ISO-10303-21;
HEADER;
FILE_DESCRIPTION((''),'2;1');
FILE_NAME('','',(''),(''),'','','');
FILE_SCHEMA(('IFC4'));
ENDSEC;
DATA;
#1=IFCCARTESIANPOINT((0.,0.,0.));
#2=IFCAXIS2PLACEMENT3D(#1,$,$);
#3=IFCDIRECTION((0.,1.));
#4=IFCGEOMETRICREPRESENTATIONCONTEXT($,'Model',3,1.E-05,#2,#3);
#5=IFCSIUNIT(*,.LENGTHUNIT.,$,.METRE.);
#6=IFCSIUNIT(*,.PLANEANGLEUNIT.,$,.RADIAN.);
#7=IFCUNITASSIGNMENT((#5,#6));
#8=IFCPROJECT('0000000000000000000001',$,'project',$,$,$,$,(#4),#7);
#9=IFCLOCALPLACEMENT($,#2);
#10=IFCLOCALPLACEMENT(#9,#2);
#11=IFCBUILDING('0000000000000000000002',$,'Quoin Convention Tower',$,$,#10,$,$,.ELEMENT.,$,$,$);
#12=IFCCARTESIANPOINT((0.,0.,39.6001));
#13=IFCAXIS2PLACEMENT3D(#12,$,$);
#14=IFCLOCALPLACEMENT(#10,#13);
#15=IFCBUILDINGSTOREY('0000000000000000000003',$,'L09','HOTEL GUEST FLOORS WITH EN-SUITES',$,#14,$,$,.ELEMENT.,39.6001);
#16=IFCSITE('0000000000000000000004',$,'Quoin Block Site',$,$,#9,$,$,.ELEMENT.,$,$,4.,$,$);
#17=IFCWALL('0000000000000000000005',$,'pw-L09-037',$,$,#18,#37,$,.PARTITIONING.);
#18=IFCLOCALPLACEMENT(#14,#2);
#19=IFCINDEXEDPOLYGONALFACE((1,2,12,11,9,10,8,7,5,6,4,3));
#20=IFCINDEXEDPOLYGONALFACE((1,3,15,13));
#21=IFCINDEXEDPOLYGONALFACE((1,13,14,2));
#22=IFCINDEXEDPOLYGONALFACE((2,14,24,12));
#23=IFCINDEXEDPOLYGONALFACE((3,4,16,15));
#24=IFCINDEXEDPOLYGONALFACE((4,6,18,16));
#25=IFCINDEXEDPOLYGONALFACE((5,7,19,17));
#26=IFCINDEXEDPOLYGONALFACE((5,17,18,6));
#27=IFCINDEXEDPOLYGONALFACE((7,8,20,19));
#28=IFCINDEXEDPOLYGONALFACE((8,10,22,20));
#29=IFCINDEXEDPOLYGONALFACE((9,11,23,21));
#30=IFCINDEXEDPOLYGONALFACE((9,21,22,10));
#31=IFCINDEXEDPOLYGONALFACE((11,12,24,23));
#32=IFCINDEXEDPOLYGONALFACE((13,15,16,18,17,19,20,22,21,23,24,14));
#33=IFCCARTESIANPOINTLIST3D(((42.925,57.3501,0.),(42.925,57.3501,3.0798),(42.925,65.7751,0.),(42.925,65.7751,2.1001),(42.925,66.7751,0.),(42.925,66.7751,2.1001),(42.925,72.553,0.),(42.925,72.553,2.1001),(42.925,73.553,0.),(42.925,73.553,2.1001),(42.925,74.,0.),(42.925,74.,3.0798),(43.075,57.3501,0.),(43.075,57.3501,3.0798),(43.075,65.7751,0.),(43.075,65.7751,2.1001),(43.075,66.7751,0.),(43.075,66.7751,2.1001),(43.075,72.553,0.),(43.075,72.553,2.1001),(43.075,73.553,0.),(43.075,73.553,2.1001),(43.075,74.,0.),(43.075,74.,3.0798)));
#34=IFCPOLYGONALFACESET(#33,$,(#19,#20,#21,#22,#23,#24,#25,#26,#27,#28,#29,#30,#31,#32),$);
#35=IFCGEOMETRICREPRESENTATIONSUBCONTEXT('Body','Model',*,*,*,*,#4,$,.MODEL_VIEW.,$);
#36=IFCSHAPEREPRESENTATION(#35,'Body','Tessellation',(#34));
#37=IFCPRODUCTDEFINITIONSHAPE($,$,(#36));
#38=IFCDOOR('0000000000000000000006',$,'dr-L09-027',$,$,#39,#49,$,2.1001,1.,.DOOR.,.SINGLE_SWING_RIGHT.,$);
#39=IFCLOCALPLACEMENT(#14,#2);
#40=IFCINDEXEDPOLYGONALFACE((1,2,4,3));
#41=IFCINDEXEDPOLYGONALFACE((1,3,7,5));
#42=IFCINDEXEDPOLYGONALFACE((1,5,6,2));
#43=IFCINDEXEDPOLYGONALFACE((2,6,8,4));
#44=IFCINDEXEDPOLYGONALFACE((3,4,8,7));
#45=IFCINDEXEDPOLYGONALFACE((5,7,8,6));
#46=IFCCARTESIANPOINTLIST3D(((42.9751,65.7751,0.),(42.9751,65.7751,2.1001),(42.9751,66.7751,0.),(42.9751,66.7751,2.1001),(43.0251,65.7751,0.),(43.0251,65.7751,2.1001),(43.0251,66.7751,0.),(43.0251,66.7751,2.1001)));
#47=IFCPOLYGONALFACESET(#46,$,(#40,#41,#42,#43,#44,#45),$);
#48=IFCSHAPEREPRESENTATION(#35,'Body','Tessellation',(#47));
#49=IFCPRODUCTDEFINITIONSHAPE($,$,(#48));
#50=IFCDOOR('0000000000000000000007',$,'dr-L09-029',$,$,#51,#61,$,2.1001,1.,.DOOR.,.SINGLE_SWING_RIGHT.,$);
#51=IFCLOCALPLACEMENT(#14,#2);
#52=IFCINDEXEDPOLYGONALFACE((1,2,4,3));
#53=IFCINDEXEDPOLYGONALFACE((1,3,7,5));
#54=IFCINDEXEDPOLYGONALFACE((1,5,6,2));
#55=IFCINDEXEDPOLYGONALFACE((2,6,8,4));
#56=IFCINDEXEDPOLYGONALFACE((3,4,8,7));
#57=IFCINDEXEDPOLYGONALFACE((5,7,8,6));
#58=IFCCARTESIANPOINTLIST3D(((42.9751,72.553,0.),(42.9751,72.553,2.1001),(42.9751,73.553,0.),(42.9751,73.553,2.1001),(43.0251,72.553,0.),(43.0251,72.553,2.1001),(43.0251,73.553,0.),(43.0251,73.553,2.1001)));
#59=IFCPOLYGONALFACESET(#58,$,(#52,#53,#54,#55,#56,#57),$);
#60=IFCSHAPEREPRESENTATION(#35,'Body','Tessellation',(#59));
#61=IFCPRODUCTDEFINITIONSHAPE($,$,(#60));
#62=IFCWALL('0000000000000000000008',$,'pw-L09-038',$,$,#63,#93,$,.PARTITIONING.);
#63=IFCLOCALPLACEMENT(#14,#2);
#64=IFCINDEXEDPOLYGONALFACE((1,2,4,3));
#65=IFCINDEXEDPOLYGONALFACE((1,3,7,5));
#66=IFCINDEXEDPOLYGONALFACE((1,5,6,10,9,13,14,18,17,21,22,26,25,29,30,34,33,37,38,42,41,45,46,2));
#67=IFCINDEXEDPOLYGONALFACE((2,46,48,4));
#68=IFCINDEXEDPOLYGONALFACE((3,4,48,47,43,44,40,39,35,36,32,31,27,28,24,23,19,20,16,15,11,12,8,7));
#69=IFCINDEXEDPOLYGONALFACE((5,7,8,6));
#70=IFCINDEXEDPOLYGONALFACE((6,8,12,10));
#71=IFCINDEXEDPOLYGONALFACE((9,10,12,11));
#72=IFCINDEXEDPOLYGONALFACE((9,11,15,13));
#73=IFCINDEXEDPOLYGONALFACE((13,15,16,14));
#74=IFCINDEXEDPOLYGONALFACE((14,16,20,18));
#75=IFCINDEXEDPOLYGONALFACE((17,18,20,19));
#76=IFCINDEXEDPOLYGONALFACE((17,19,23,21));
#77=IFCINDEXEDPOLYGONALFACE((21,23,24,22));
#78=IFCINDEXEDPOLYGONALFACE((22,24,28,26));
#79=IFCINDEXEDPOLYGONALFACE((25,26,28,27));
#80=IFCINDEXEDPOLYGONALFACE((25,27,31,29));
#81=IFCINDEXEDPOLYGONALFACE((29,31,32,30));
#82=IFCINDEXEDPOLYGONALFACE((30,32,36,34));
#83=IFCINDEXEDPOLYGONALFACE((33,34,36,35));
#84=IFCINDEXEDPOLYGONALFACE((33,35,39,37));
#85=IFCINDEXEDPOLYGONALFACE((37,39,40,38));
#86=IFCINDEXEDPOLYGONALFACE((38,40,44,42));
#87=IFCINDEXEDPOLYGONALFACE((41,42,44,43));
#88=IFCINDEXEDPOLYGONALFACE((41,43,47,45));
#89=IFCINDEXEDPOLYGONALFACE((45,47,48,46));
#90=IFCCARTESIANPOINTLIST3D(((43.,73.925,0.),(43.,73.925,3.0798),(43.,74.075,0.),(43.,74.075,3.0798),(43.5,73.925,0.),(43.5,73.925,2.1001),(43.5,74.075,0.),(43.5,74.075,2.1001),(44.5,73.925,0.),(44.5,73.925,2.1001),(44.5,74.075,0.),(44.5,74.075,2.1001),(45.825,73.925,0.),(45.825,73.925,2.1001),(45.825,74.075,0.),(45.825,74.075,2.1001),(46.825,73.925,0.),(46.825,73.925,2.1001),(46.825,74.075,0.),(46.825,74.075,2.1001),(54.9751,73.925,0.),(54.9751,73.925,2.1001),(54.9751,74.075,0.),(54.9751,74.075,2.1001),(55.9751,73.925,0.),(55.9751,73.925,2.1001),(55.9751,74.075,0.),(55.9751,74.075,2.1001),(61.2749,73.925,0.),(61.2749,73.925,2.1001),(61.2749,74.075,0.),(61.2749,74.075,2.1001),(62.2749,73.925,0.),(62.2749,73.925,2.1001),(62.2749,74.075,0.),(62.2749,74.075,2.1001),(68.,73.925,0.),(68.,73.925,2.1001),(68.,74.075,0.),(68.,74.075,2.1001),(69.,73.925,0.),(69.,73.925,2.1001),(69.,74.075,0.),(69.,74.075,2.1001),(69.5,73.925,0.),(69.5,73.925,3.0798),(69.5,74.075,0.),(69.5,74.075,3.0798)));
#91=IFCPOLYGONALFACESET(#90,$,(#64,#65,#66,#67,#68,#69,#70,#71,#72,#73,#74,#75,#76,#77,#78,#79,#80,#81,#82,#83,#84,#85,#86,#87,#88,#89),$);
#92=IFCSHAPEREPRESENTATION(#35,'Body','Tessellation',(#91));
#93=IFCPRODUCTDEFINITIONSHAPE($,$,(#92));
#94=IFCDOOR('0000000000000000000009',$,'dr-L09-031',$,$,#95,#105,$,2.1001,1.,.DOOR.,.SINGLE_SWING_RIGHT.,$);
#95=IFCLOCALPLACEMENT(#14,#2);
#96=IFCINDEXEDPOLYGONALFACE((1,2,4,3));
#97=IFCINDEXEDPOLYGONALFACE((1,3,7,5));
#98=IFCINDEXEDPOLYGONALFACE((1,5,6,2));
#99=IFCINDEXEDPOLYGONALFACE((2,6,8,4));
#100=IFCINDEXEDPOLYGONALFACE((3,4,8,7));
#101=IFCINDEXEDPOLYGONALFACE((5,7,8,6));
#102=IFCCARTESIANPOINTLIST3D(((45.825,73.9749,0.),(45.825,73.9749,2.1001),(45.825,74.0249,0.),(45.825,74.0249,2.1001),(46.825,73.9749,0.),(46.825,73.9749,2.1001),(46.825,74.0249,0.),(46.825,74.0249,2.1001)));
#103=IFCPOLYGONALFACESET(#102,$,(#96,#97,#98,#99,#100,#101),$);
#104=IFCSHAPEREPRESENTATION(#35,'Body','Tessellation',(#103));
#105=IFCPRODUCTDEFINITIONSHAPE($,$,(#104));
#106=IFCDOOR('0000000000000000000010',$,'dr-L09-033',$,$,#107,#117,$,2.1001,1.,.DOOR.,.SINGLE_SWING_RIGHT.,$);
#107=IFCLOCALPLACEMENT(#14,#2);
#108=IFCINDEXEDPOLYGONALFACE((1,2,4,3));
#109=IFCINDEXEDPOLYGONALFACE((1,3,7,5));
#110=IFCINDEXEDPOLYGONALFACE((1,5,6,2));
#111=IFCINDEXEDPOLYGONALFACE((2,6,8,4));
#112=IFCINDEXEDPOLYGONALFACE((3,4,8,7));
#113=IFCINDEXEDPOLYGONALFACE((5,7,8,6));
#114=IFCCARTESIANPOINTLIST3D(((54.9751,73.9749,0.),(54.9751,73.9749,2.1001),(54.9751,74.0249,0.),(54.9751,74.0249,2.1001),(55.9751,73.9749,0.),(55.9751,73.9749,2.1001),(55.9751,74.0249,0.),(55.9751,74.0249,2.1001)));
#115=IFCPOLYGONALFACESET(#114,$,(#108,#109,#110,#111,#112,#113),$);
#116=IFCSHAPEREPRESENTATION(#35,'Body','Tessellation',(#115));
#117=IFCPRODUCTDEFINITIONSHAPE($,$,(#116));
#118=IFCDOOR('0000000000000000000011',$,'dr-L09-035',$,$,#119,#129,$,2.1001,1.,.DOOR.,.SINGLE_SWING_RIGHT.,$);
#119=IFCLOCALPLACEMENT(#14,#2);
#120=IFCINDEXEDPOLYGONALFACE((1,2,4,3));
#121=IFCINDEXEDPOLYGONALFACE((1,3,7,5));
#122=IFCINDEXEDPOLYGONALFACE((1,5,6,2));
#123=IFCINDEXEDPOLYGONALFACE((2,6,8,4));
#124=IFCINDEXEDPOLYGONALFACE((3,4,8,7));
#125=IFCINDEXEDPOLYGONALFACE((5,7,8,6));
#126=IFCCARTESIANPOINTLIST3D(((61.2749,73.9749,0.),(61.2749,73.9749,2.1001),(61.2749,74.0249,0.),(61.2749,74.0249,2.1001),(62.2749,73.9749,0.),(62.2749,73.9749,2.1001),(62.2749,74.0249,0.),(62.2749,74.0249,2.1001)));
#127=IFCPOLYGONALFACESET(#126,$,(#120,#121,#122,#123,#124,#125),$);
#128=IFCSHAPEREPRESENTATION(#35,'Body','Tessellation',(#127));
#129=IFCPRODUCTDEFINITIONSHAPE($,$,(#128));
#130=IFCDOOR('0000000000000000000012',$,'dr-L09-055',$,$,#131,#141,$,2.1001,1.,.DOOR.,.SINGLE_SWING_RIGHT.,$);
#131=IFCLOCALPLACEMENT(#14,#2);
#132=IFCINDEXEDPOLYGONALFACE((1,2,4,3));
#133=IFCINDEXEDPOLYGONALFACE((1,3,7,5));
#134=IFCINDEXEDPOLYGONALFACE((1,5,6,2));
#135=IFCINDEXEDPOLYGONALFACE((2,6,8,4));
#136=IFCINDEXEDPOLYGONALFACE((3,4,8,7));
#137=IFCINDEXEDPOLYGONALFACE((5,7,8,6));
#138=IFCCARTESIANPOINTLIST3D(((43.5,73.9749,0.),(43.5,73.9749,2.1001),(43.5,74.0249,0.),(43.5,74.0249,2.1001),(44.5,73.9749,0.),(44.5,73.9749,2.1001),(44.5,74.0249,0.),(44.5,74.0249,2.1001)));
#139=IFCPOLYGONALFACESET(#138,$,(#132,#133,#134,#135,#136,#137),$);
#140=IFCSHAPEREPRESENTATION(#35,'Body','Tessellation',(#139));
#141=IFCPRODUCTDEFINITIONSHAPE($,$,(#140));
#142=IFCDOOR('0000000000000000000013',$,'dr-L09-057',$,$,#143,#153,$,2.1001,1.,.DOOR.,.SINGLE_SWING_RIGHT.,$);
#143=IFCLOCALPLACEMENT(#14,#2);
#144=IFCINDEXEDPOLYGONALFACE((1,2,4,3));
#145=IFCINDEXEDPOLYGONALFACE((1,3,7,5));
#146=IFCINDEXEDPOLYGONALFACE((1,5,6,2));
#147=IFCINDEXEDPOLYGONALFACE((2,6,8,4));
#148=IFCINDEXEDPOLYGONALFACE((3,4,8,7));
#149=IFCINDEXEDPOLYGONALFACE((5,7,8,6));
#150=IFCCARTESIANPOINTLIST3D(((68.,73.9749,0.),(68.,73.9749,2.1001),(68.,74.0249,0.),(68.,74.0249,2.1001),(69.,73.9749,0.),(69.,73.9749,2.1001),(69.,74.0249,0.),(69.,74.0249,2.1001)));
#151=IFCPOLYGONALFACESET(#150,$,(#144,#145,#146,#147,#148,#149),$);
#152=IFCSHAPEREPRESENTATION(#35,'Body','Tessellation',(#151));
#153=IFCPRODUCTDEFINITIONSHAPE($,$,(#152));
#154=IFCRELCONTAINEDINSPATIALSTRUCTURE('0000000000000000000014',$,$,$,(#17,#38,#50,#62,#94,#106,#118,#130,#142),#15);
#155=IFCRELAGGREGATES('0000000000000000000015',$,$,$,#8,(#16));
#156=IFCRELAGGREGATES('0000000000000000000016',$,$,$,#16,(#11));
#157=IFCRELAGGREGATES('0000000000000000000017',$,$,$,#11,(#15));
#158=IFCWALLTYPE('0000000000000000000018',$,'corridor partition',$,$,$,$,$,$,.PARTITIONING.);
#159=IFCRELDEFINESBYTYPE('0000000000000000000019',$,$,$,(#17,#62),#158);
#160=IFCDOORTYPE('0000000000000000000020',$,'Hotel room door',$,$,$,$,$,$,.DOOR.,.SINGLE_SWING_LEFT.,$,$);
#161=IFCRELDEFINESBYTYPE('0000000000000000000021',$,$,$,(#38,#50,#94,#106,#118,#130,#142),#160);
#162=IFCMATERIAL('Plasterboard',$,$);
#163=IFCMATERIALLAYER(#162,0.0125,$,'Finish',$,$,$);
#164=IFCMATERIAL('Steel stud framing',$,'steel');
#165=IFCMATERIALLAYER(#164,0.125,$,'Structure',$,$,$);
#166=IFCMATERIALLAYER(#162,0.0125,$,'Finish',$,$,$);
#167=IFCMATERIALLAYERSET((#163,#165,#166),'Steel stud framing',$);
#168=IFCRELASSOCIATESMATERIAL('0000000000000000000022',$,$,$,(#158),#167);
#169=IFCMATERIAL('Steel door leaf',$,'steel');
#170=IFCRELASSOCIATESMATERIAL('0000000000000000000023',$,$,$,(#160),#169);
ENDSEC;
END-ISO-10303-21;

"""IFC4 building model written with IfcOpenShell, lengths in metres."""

from ifc_helpers import new_model, si_unit, direction, frame, frame_2d, origin, place, context, subcontext, project, spatial, rectangle, extrude, material, layer, layer_set, type_object, element, fill, save


model = new_model("IFC4")

# Units and contexts
model_context = context("Model", 3, precision=1e-05, world=origin(), true_north=direction((0.0, 1.0)))
body_context = subcontext(model_context, "Body", "Model", "MODEL_VIEW")
ifc_project = project(units=[si_unit("LENGTHUNIT", "METRE"), si_unit("PLANEANGLEUNIT", "RADIAN")], contexts=[model_context])

# Site, building, storey
site_placement = place(None, origin())
site = spatial("IfcSite", under=ifc_project, at=site_placement, Name="Quoin Block Site", CompositionType="ELEMENT", RefElevation=4.0)
building_placement = place(site_placement, origin())
building = spatial("IfcBuilding", under=site, at=building_placement, Name="Quoin Convention Tower", CompositionType="ELEMENT")
storey_placement = place(building_placement, frame((0.0, 0.0, 39.6001)))
storey = spatial("IfcBuildingStorey", under=building, at=storey_placement, Name="L09", Description="HOTEL GUEST FLOORS WITH EN-SUITES", CompositionType="ELEMENT", Elevation=39.6001)

# Shared definitions
ifc_material_1 = material(Name="Steel door leaf", Category="steel")

# Walls, openings, doors
ifc_material_2 = material(Name="Plasterboard")
ifc_layer_1 = layer(ifc_material_2, 0.0125, Name="Finish")
ifc_material_3 = material(Name="Steel stud framing", Category="steel")
ifc_layer_2 = layer(ifc_material_3, 0.125, Name="Structure")
ifc_layer_3 = layer(ifc_material_2, 0.0125, Name="Finish")
ifc_layer_set_1 = layer_set([ifc_layer_1, ifc_layer_2, ifc_layer_3], Name="Steel stud framing")
wall_type_1 = type_object("IfcWallType", Name="corridor partition", PredefinedType="PARTITIONING", material=ifc_layer_set_1)
wall_1_placement = place(storey_placement, frame((43.0, 57.3501, 0.0), z_axis=(0.0, 0.0, 1.0), x_axis=(0.0, 1.0, 0.0)))
wall_1 = element("IfcWall", 1, at=wall_1_placement, inside=storey, type_object=wall_type_1, Name="pw-L09-037", PredefinedType="PARTITIONING", context=body_context, shape_type="SweptSolid", body=[
    extrude(rectangle(XDim=16.6499, YDim=0.1499, at=frame_2d((8.325, 0.0))), origin(), (0.0, 0.0, 1.0), 3.0798),
])
opening_1_placement = place(wall_1_placement, frame((8.425, 0.0, 0.0)))
opening_1 = element("IfcOpeningElement", 2, at=opening_1_placement, cuts=wall_1, PredefinedType="OPENING", context=body_context, shape_type="SweptSolid", body=[
    extrude(rectangle(XDim=1.0, YDim=2.1001, at=frame_2d((0.5, 1.05))), frame((0.0, 0.085, 0.0), z_axis=(0.0, -1.0, 0.0), x_axis=(1.0, 0.0, 0.0)), (0.0, 0.0, 1.0), 0.1699),
])
opening_2_placement = place(wall_1_placement, frame((15.2029, 0.0, 0.0)))
opening_2 = element("IfcOpeningElement", 3, at=opening_2_placement, cuts=wall_1, PredefinedType="OPENING", context=body_context, shape_type="SweptSolid", body=[
    extrude(rectangle(XDim=1.0, YDim=2.1001, at=frame_2d((0.5, 1.05))), frame((0.0, 0.085, 0.0), z_axis=(0.0, -1.0, 0.0), x_axis=(1.0, 0.0, 0.0)), (0.0, 0.0, 1.0), 0.1699),
])
door_type_1 = type_object("IfcDoorType", Name="Hotel room door", OperationType="SINGLE_SWING_LEFT", PredefinedType="DOOR", material=ifc_material_1)
door_1_placement = place(opening_1_placement, origin())
door_1 = element("IfcDoor", 4, at=door_1_placement, inside=storey, type_object=door_type_1, Name="dr-L09-027", OperationType="SINGLE_SWING_RIGHT", OverallHeight=2.1001, OverallWidth=1.0, PredefinedType="DOOR", context=body_context, shape_type="SweptSolid", body=[
    extrude(rectangle(XDim=1.0, YDim=2.1001, at=frame_2d((0.5, 1.05))), frame((0.0, 0.0249, 0.0), z_axis=(0.0, -1.0, 0.0), x_axis=(1.0, 0.0, 0.0)), (0.0, 0.0, 1.0), 0.05),
])
fill(opening_1, door_1)
door_2_placement = place(opening_2_placement, origin())
door_2 = element("IfcDoor", 5, at=door_2_placement, inside=storey, type_object=door_type_1, Name="dr-L09-029", OperationType="SINGLE_SWING_RIGHT", OverallHeight=2.1001, OverallWidth=1.0, PredefinedType="DOOR", context=body_context, shape_type="SweptSolid", body=[
    extrude(rectangle(XDim=1.0, YDim=2.1001, at=frame_2d((0.5, 1.05))), frame((0.0, 0.0249, 0.0), z_axis=(0.0, -1.0, 0.0), x_axis=(1.0, 0.0, 0.0)), (0.0, 0.0, 1.0), 0.05),
])
fill(opening_2, door_2)
wall_2_placement = place(storey_placement, frame((43.0, 74.0, 0.0), z_axis=(0.0, 0.0, 1.0), x_axis=(1.0, 0.0, 0.0)))
wall_2 = element("IfcWall", 6, at=wall_2_placement, inside=storey, type_object=wall_type_1, Name="pw-L09-038", PredefinedType="PARTITIONING", context=body_context, shape_type="SweptSolid", body=[
    extrude(rectangle(XDim=26.5, YDim=0.1499, at=frame_2d((13.25, 0.0))), origin(), (0.0, 0.0, 1.0), 3.0798),
])
opening_3_placement = place(wall_2_placement, frame((2.825, 0.0, 0.0)))
opening_3 = element("IfcOpeningElement", 7, at=opening_3_placement, cuts=wall_2, PredefinedType="OPENING", context=body_context, shape_type="SweptSolid", body=[
    extrude(rectangle(XDim=1.0, YDim=2.1001, at=frame_2d((0.5, 1.05))), frame((0.0, 0.085, 0.0), z_axis=(0.0, -1.0, 0.0), x_axis=(1.0, 0.0, 0.0)), (0.0, 0.0, 1.0), 0.1699),
])
opening_4_placement = place(wall_2_placement, frame((11.9751, 0.0, 0.0)))
opening_4 = element("IfcOpeningElement", 8, at=opening_4_placement, cuts=wall_2, PredefinedType="OPENING", context=body_context, shape_type="SweptSolid", body=[
    extrude(rectangle(XDim=1.0, YDim=2.1001, at=frame_2d((0.5, 1.05))), frame((0.0, 0.085, 0.0), z_axis=(0.0, -1.0, 0.0), x_axis=(1.0, 0.0, 0.0)), (0.0, 0.0, 1.0), 0.1699),
])
opening_5_placement = place(wall_2_placement, frame((18.2749, 0.0, 0.0)))
opening_5 = element("IfcOpeningElement", 9, at=opening_5_placement, cuts=wall_2, PredefinedType="OPENING", context=body_context, shape_type="SweptSolid", body=[
    extrude(rectangle(XDim=1.0, YDim=2.1001, at=frame_2d((0.5, 1.05))), frame((0.0, 0.085, 0.0), z_axis=(0.0, -1.0, 0.0), x_axis=(1.0, 0.0, 0.0)), (0.0, 0.0, 1.0), 0.1699),
])
opening_6_placement = place(wall_2_placement, frame((0.5, 0.0, 0.0)))
opening_6 = element("IfcOpeningElement", 10, at=opening_6_placement, cuts=wall_2, PredefinedType="OPENING", context=body_context, shape_type="SweptSolid", body=[
    extrude(rectangle(XDim=1.0, YDim=2.1001, at=frame_2d((0.5, 1.05))), frame((0.0, 0.085, 0.0), z_axis=(0.0, -1.0, 0.0), x_axis=(1.0, 0.0, 0.0)), (0.0, 0.0, 1.0), 0.1699),
])
opening_7_placement = place(wall_2_placement, frame((25.0, 0.0, 0.0)))
opening_7 = element("IfcOpeningElement", 11, at=opening_7_placement, cuts=wall_2, PredefinedType="OPENING", context=body_context, shape_type="SweptSolid", body=[
    extrude(rectangle(XDim=1.0, YDim=2.1001, at=frame_2d((0.5, 1.05))), frame((0.0, 0.085, 0.0), z_axis=(0.0, -1.0, 0.0), x_axis=(1.0, 0.0, 0.0)), (0.0, 0.0, 1.0), 0.1699),
])
door_3_placement = place(opening_3_placement, origin())
door_3 = element("IfcDoor", 12, at=door_3_placement, inside=storey, type_object=door_type_1, Name="dr-L09-031", OperationType="SINGLE_SWING_RIGHT", OverallHeight=2.1001, OverallWidth=1.0, PredefinedType="DOOR", context=body_context, shape_type="SweptSolid", body=[
    extrude(rectangle(XDim=1.0, YDim=2.1001, at=frame_2d((0.5, 1.05))), frame((0.0, 0.0249, 0.0), z_axis=(0.0, -1.0, 0.0), x_axis=(1.0, 0.0, 0.0)), (0.0, 0.0, 1.0), 0.05),
])
fill(opening_3, door_3)
door_4_placement = place(opening_4_placement, origin())
door_4 = element("IfcDoor", 13, at=door_4_placement, inside=storey, type_object=door_type_1, Name="dr-L09-033", OperationType="SINGLE_SWING_RIGHT", OverallHeight=2.1001, OverallWidth=1.0, PredefinedType="DOOR", context=body_context, shape_type="SweptSolid", body=[
    extrude(rectangle(XDim=1.0, YDim=2.1001, at=frame_2d((0.5, 1.05))), frame((0.0, 0.0249, 0.0), z_axis=(0.0, -1.0, 0.0), x_axis=(1.0, 0.0, 0.0)), (0.0, 0.0, 1.0), 0.05),
])
fill(opening_4, door_4)
door_5_placement = place(opening_5_placement, origin())
door_5 = element("IfcDoor", 14, at=door_5_placement, inside=storey, type_object=door_type_1, Name="dr-L09-035", OperationType="SINGLE_SWING_RIGHT", OverallHeight=2.1001, OverallWidth=1.0, PredefinedType="DOOR", context=body_context, shape_type="SweptSolid", body=[
    extrude(rectangle(XDim=1.0, YDim=2.1001, at=frame_2d((0.5, 1.05))), frame((0.0, 0.0249, 0.0), z_axis=(0.0, -1.0, 0.0), x_axis=(1.0, 0.0, 0.0)), (0.0, 0.0, 1.0), 0.05),
])
fill(opening_5, door_5)
door_6_placement = place(opening_6_placement, origin())
door_6 = element("IfcDoor", 15, at=door_6_placement, inside=storey, type_object=door_type_1, Name="dr-L09-055", OperationType="SINGLE_SWING_RIGHT", OverallHeight=2.1001, OverallWidth=1.0, PredefinedType="DOOR", context=body_context, shape_type="SweptSolid", body=[
    extrude(rectangle(XDim=1.0, YDim=2.1001, at=frame_2d((0.5, 1.05))), frame((0.0, 0.0249, 0.0), z_axis=(0.0, -1.0, 0.0), x_axis=(1.0, 0.0, 0.0)), (0.0, 0.0, 1.0), 0.05),
])
fill(opening_6, door_6)
door_7_placement = place(opening_7_placement, origin())
door_7 = element("IfcDoor", 16, at=door_7_placement, inside=storey, type_object=door_type_1, Name="dr-L09-057", OperationType="SINGLE_SWING_RIGHT", OverallHeight=2.1001, OverallWidth=1.0, PredefinedType="DOOR", context=body_context, shape_type="SweptSolid", body=[
    extrude(rectangle(XDim=1.0, YDim=2.1001, at=frame_2d((0.5, 1.05))), frame((0.0, 0.0249, 0.0), z_axis=(0.0, -1.0, 0.0), x_axis=(1.0, 0.0, 0.0)), (0.0, 0.0, 1.0), 0.05),
])
fill(opening_7, door_7)

save(model, "model.ifc")
